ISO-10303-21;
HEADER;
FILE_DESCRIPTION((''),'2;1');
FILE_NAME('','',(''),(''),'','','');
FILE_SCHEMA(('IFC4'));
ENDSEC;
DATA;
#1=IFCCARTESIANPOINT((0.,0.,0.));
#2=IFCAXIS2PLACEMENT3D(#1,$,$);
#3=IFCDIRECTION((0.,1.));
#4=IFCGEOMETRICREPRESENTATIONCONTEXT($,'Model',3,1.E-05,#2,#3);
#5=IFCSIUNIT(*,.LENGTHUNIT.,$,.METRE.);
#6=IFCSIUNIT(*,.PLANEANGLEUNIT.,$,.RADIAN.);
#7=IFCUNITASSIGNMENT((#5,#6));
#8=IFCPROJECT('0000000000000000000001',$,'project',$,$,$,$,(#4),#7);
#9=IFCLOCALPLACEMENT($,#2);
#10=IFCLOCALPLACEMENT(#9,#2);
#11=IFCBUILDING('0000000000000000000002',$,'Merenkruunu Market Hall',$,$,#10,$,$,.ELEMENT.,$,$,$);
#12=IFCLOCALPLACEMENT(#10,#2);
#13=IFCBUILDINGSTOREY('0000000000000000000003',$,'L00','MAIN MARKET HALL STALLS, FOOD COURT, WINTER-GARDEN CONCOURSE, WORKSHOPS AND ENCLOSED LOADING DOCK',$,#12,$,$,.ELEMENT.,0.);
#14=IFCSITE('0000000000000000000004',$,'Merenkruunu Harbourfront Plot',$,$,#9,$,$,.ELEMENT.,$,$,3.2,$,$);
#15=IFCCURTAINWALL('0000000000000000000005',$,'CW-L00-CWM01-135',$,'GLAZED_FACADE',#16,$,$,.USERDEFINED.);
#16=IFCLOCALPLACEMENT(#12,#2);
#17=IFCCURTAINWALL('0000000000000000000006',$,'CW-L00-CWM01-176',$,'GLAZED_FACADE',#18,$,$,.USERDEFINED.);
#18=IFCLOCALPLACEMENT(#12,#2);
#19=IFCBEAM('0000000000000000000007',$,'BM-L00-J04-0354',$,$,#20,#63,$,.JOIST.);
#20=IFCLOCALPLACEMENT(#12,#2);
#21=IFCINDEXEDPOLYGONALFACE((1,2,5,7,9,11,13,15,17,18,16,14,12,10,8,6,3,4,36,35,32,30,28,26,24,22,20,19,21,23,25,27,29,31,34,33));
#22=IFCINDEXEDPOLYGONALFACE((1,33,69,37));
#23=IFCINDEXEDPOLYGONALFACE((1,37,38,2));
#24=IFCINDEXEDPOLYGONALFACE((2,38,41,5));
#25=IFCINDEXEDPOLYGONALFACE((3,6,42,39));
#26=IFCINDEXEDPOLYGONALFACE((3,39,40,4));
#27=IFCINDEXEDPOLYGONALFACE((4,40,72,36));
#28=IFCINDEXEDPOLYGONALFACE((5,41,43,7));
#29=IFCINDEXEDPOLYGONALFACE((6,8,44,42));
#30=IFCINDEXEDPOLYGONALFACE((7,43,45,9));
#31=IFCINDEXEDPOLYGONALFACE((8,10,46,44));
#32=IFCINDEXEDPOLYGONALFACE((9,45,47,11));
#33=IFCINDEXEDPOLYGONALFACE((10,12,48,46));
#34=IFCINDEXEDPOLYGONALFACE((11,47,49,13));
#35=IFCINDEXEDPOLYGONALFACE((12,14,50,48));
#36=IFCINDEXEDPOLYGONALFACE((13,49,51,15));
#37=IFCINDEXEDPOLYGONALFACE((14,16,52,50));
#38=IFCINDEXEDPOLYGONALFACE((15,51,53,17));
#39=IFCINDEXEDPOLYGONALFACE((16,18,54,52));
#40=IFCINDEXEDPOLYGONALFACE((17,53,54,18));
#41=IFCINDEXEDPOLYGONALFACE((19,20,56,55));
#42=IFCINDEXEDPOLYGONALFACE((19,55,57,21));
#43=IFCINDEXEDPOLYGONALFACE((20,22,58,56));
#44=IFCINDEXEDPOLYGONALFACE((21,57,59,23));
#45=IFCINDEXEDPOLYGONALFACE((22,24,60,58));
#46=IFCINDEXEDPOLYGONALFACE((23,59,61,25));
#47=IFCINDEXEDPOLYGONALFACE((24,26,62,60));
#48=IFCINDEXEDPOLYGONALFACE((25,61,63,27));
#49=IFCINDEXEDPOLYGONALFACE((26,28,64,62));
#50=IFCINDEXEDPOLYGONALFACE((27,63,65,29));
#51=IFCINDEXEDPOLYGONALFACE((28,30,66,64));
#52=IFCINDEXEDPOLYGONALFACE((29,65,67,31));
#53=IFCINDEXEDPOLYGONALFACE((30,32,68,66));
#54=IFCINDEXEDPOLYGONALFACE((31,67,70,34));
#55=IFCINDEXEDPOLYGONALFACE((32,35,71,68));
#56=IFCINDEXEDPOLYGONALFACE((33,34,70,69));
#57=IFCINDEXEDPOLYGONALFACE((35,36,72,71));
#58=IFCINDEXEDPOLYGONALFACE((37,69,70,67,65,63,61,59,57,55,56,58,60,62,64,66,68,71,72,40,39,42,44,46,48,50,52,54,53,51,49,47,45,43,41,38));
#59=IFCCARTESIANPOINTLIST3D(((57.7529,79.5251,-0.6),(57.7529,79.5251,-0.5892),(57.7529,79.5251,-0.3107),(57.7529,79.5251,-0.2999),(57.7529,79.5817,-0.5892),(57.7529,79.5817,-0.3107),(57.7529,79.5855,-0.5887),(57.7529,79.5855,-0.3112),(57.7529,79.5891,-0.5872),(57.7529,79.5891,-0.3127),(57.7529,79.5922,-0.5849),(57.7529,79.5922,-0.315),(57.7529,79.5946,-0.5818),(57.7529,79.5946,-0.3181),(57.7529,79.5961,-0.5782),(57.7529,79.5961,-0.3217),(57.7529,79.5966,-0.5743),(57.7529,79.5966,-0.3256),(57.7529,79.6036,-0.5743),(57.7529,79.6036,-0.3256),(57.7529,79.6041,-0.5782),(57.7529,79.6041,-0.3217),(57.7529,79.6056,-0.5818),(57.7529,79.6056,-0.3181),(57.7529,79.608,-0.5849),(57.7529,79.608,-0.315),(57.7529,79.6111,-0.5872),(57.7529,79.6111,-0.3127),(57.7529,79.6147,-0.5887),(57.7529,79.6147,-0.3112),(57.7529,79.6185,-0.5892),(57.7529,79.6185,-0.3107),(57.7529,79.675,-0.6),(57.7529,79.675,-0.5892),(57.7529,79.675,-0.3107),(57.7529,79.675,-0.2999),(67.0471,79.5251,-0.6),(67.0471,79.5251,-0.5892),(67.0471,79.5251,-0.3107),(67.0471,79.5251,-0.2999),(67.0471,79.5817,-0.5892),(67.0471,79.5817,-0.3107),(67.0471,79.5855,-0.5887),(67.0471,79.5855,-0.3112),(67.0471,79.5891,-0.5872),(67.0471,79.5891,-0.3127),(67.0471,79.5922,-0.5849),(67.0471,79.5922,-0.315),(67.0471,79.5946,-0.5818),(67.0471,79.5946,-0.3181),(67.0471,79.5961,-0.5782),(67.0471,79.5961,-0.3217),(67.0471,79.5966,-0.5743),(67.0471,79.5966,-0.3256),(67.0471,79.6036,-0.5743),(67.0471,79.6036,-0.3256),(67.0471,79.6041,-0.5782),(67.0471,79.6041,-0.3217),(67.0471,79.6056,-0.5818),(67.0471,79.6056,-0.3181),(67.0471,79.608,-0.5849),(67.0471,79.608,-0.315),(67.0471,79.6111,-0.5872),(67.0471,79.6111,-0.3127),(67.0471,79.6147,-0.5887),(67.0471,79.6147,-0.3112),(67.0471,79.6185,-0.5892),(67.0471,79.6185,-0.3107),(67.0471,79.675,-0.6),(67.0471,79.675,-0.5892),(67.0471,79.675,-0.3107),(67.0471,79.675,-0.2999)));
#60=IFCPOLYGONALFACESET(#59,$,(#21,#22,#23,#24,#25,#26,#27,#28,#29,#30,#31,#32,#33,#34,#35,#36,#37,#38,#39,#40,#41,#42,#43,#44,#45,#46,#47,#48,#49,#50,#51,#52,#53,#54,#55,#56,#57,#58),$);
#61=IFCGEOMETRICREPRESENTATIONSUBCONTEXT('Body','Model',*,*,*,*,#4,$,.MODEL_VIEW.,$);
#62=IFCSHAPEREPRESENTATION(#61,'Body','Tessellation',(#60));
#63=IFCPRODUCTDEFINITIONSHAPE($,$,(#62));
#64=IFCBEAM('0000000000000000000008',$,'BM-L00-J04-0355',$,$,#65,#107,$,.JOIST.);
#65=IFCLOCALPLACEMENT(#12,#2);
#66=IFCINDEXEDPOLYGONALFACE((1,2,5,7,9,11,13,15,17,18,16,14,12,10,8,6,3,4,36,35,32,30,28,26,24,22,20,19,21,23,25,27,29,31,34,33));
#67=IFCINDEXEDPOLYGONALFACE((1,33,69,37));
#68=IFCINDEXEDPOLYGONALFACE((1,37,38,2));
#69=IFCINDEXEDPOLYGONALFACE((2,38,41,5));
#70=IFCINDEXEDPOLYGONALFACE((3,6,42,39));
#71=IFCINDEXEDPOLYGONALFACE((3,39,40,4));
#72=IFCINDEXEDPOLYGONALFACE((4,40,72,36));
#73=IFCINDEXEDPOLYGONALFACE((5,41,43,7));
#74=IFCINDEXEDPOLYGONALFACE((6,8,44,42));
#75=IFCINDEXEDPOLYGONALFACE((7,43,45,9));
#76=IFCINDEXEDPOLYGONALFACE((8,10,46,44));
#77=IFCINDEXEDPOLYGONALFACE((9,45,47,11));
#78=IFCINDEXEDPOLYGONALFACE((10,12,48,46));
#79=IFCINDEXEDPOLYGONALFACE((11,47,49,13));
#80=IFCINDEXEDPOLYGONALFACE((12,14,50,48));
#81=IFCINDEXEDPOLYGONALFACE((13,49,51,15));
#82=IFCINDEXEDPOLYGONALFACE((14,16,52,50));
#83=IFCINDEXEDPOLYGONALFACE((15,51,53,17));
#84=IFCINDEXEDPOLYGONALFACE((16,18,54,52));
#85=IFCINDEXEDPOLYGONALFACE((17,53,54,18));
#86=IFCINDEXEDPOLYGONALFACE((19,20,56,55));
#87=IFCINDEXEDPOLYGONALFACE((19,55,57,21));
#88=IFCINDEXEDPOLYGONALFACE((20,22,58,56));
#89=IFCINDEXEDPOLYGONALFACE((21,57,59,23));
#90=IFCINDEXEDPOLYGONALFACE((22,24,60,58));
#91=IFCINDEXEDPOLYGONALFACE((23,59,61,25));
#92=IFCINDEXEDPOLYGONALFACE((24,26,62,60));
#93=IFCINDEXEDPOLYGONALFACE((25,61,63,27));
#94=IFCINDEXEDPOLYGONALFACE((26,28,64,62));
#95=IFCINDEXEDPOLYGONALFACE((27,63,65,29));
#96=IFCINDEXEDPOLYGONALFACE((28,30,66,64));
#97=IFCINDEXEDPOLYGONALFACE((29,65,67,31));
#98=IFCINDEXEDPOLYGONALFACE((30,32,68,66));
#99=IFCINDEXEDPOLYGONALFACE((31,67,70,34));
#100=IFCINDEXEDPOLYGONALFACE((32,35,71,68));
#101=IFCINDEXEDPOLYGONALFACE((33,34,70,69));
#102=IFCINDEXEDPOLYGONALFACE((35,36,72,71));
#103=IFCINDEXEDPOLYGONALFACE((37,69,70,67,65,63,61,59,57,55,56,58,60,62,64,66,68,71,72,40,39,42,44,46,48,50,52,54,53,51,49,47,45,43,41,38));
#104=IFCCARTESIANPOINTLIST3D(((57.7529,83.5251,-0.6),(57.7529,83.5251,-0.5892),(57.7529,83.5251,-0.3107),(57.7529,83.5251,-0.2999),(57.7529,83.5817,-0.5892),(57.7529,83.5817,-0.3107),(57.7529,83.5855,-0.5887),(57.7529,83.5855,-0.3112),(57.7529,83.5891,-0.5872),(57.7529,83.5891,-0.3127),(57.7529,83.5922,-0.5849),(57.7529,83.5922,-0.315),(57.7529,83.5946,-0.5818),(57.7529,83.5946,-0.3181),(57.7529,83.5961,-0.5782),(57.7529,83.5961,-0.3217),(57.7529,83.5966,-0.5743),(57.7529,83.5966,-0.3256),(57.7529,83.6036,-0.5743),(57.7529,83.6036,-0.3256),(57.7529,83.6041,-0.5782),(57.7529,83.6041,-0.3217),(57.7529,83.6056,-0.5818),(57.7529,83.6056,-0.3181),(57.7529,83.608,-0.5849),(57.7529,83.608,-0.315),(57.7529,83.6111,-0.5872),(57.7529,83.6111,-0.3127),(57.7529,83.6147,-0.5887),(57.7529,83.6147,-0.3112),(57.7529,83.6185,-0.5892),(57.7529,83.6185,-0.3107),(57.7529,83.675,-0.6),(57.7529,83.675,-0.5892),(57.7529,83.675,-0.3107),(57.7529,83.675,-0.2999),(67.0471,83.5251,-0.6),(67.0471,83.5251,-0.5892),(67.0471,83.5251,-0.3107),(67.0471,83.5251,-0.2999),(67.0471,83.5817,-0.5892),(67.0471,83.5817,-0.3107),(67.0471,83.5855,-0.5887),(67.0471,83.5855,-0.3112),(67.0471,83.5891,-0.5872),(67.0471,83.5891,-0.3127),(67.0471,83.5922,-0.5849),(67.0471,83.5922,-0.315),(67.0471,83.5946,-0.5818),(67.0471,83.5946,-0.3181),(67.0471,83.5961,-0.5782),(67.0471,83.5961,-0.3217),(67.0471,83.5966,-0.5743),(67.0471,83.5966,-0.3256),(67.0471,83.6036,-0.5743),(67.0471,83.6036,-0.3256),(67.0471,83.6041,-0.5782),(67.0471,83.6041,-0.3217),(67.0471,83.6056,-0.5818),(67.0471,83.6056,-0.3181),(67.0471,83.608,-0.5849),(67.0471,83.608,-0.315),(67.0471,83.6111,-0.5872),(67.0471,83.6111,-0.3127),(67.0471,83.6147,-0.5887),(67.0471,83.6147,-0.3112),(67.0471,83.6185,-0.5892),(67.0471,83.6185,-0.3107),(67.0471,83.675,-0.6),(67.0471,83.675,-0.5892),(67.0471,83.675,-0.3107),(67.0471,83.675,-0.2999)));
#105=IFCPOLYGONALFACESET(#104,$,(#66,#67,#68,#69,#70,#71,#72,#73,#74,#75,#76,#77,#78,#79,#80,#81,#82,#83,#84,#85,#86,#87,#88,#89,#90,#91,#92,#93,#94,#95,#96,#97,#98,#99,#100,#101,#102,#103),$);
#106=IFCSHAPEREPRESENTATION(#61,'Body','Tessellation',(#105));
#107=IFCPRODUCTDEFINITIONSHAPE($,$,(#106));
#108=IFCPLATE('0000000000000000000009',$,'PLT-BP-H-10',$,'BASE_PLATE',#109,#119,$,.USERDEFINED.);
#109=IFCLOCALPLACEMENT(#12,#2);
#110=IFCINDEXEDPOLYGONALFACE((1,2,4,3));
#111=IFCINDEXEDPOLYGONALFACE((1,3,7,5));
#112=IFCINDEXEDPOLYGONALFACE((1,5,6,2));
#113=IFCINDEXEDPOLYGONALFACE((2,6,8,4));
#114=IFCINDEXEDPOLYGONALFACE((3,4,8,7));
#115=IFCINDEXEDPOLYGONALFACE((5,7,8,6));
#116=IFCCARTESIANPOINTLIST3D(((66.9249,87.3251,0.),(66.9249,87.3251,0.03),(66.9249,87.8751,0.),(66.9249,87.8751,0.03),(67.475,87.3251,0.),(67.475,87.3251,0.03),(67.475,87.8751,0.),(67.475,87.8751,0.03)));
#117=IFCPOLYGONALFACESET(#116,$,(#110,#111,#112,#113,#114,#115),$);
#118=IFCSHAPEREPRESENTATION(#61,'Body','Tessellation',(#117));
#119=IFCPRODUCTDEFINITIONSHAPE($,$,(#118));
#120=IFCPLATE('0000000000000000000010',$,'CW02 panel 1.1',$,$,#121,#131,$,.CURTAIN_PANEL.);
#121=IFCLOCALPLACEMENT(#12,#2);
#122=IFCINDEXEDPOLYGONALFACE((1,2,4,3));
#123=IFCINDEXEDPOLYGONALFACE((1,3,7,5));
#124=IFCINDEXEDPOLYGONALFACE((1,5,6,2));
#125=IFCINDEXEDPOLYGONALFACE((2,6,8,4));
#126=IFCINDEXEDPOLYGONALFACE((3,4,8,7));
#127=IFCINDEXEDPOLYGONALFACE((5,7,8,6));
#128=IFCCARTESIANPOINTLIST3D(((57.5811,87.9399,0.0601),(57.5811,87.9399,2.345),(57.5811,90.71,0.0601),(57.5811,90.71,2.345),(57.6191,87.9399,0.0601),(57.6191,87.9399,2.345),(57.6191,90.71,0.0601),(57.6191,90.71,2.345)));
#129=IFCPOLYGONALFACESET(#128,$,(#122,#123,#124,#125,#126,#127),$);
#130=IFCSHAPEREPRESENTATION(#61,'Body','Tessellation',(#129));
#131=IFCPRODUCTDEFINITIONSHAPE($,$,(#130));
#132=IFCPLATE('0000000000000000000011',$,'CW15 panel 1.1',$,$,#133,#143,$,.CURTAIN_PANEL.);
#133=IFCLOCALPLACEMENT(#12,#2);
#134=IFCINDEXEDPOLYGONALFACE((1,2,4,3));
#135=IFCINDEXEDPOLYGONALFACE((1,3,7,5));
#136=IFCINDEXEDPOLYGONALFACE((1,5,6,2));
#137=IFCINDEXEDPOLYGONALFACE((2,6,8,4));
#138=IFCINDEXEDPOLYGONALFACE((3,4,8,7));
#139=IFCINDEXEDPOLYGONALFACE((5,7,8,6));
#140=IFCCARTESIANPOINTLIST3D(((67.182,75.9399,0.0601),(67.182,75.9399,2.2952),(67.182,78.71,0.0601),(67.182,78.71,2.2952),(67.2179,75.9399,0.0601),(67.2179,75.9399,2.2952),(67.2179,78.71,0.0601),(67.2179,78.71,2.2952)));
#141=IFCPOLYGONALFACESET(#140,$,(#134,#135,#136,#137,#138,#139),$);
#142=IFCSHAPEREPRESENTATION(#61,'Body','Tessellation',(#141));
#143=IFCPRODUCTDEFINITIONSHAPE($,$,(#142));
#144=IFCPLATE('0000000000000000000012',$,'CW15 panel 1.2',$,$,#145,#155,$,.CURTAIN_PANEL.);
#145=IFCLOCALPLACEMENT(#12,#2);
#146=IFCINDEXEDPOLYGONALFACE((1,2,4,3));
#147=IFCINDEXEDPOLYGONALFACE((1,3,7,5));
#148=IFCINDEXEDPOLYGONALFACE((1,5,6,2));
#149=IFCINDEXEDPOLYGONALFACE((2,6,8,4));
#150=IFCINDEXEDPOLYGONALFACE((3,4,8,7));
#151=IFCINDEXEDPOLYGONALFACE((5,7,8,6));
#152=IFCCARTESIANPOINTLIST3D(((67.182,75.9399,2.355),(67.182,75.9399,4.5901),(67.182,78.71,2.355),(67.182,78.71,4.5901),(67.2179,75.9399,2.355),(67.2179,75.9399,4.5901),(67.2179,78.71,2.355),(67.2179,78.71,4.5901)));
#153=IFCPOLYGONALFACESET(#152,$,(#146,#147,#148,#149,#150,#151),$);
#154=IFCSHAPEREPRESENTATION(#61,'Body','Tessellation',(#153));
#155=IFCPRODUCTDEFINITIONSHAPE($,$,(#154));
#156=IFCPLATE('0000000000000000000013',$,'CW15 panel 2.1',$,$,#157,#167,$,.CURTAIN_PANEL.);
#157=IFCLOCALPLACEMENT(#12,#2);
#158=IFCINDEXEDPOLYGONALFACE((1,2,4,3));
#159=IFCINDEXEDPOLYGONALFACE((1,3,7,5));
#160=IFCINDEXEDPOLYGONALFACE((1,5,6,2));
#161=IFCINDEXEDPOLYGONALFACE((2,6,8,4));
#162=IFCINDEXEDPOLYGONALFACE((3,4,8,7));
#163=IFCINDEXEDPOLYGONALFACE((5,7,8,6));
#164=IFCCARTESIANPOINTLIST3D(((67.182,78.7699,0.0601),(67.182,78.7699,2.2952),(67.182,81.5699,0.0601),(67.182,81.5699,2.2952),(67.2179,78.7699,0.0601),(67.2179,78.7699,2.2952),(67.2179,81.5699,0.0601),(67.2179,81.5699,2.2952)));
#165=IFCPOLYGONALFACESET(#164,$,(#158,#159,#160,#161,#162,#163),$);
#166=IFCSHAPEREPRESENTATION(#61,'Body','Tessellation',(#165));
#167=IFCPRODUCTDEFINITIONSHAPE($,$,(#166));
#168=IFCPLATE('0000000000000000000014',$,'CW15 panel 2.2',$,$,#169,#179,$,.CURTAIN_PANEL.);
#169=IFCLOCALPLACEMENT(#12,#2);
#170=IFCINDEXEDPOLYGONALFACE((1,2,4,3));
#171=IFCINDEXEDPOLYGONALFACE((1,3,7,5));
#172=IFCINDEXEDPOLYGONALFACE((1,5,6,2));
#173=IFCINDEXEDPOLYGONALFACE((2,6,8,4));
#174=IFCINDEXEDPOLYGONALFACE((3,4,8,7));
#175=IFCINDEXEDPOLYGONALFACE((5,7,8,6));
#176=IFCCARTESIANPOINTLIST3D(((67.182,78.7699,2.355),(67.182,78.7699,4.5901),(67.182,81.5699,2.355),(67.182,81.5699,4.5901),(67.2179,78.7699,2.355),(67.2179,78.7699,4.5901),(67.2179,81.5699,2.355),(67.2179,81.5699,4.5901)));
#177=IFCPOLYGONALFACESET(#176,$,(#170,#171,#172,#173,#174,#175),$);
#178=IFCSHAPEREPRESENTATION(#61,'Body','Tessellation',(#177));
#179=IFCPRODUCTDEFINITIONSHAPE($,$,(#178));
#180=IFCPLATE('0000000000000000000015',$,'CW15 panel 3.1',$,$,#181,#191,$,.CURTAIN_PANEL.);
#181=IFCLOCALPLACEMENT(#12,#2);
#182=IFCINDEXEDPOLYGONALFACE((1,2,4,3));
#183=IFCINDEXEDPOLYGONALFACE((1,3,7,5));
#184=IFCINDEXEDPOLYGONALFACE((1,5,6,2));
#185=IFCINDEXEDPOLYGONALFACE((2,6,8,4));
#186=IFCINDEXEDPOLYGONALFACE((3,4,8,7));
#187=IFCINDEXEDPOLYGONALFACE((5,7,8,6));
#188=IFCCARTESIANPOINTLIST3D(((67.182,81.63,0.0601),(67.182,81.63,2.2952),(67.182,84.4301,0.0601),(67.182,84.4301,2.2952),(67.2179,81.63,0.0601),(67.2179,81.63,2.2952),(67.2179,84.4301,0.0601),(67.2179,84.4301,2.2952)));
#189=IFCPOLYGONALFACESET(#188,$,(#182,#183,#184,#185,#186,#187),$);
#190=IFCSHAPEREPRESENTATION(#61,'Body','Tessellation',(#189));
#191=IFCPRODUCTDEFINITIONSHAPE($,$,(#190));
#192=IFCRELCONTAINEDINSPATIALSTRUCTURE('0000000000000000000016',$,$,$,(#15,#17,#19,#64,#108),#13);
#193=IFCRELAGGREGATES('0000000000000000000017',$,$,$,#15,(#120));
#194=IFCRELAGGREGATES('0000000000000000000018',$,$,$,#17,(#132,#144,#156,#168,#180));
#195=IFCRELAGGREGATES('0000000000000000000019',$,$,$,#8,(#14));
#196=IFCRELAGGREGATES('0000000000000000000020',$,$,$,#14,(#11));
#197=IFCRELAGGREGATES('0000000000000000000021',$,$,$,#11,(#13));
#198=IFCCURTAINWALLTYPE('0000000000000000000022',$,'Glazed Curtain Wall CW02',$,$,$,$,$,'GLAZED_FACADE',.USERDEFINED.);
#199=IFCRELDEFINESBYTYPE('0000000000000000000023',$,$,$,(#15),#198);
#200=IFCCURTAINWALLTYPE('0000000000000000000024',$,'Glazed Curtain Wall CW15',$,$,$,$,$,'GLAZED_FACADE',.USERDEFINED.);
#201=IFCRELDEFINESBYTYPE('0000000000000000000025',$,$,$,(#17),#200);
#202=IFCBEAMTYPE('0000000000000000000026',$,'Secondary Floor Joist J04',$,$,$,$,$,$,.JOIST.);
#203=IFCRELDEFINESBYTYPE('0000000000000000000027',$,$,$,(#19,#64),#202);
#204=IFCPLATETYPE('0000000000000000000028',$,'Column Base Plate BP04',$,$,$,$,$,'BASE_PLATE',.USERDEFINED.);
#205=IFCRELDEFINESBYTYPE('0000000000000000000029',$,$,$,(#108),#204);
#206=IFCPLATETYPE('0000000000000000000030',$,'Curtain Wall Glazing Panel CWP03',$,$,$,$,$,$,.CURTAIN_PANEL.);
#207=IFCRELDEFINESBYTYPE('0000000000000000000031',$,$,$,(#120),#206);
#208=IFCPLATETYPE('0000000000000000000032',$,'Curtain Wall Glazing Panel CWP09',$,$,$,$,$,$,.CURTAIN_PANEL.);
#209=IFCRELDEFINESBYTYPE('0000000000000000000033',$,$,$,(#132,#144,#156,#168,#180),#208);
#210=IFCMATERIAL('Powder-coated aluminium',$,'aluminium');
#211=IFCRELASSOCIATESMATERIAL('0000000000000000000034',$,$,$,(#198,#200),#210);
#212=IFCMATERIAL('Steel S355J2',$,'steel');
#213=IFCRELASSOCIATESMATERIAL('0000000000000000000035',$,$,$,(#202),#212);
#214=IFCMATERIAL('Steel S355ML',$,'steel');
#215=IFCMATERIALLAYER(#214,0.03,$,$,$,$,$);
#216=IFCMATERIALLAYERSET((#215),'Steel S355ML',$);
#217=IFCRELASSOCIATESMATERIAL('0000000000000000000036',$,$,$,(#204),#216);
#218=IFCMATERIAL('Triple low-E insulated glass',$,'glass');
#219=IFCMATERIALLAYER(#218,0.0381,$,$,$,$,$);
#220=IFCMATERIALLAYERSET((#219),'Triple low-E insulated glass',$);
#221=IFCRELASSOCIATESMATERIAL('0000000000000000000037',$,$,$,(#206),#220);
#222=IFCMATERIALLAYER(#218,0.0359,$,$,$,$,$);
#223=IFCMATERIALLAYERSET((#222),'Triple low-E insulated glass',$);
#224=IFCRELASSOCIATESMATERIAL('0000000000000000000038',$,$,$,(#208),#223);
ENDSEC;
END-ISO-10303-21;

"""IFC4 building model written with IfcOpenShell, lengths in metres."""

from ifc_helpers import new_model, si_unit, direction, frame, origin, origin_2d, place, context, subcontext, project, spatial, rectangle, i_section, extrude, material, layer, layer_set, material_profile, profile_set, type_object, element, aggregate, save


model = new_model("IFC4")

# Units and contexts
model_context = context("Model", 3, precision=1e-05, world=origin(), true_north=direction((0.0, 1.0)))
body_context = subcontext(model_context, "Body", "Model", "MODEL_VIEW")
ifc_project = project(units=[si_unit("LENGTHUNIT", "METRE"), si_unit("PLANEANGLEUNIT", "RADIAN")], contexts=[model_context])

# Site, building, storey
site_placement = place(None, origin())
site = spatial("IfcSite", under=ifc_project, at=site_placement, Name="Merenkruunu Harbourfront Plot", CompositionType="ELEMENT", RefElevation=3.2)
building_placement = place(site_placement, origin())
building = spatial("IfcBuilding", under=site, at=building_placement, Name="Merenkruunu Market Hall", CompositionType="ELEMENT")
storey_placement = place(building_placement, origin())
storey = spatial("IfcBuildingStorey", under=building, at=storey_placement, Name="L00", Description="MAIN MARKET HALL STALLS, FOOD COURT, WINTER-GARDEN CONCOURSE, WORKSHOPS AND ENCLOSED LOADING DOCK", CompositionType="ELEMENT", Elevation=0.0)

# Shared definitions
ifc_material_1 = material(Name="Steel S355ML", Category="steel")

# Curtain wall
ifc_material_2 = material(Name="Powder-coated aluminium", Category="aluminium")
curtain_wall_type_1 = type_object("IfcCurtainWallType", Name="Glazed Curtain Wall CW02", ElementType="GLAZED_FACADE", PredefinedType="USERDEFINED", material=ifc_material_2)
curtain_wall_1_placement = place(storey_placement, origin())
curtain_wall_1 = element("IfcCurtainWall", 1, at=curtain_wall_1_placement, inside=storey, type_object=curtain_wall_type_1, Name="CW-L00-CWM01-135", ObjectType="GLAZED_FACADE", PredefinedType="USERDEFINED")

# Curtain wall
curtain_wall_type_2 = type_object("IfcCurtainWallType", Name="Glazed Curtain Wall CW15", ElementType="GLAZED_FACADE", PredefinedType="USERDEFINED", material=ifc_material_2)
curtain_wall_2_placement = place(storey_placement, origin())
curtain_wall_2 = element("IfcCurtainWall", 2, at=curtain_wall_2_placement, inside=storey, type_object=curtain_wall_type_2, Name="CW-L00-CWM01-176", ObjectType="GLAZED_FACADE", PredefinedType="USERDEFINED")

# Beams
ifc_material_3 = material(Name="Steel S355J2", Category="steel")
ifc_material_profile_1 = material_profile(ifc_material_3, i_section(OverallWidth=0.1499, OverallDepth=0.3, WebThickness=0.0071, FlangeThickness=0.0107, FilletRadius=0.0149, at=origin_2d()), Name="IPE 300")
ifc_profile_set_1 = profile_set([ifc_material_profile_1], Name="Steel S355J2")
beam_type_1 = type_object("IfcBeamType", Name="Secondary Floor Joist J04", PredefinedType="JOIST", material=ifc_profile_set_1)
for number, where, z_axis, x_axis, name in (
    (3, (57.7529, 79.6001, -0.45), (1.0, 0.0, 0.0), (0.0, 1.0, 0.0), "BM-L00-J04-0354"),
    (4, (57.7529, 83.6001, -0.45), (1.0, 0.0, 0.0), (0.0, 1.0, 0.0), "BM-L00-J04-0355"),
):
    element("IfcBeam", number, at=place(storey_placement, frame(where, z_axis=z_axis, x_axis=x_axis)), inside=storey, type_object=beam_type_1, Name=name, PredefinedType="JOIST", context=body_context, shape_type="SweptSolid", body=[
        extrude(i_section(OverallWidth=0.1499, OverallDepth=0.3, WebThickness=0.0071, FlangeThickness=0.0107, FilletRadius=0.0149, at=origin_2d()), origin(), (0.0, 0.0, 1.0), 9.2942),
    ])

# Plates
ifc_layer_1 = layer(ifc_material_1, 0.03)
ifc_layer_set_1 = layer_set([ifc_layer_1], Name="Steel S355ML")
plate_type_1 = type_object("IfcPlateType", Name="Column Base Plate BP04", ElementType="BASE_PLATE", PredefinedType="USERDEFINED", material=ifc_layer_set_1)
plate_1_placement = place(storey_placement, frame((67.2, 87.6001, 0.0), z_axis=(0.0, 0.0, 1.0), x_axis=(1.0, 0.0, 0.0)))
element("IfcPlate", 5, at=plate_1_placement, inside=storey, type_object=plate_type_1, Name="PLT-BP-H-10", ObjectType="BASE_PLATE", PredefinedType="USERDEFINED", context=body_context, shape_type="SweptSolid", body=[
    extrude(rectangle(XDim=0.55, YDim=0.55, at=origin_2d()), origin(), (0.0, 0.0, 1.0), 0.03),
])
ifc_material_4 = material(Name="Triple low-E insulated glass", Category="glass")
ifc_layer_2 = layer(ifc_material_4, 0.0381)
ifc_layer_set_2 = layer_set([ifc_layer_2], Name="Triple low-E insulated glass")
plate_type_2 = type_object("IfcPlateType", Name="Curtain Wall Glazing Panel CWP03", PredefinedType="CURTAIN_PANEL", material=ifc_layer_set_2)
plate_2_placement = place(storey_placement, frame((57.6001, 89.325, 0.0601), z_axis=(0.0, 0.0, 1.0), x_axis=(0.0, 1.0, 0.0)))
plate_2 = element("IfcPlate", 6, at=plate_2_placement, type_object=plate_type_2, Name="CW02 panel 1.1", PredefinedType="CURTAIN_PANEL", context=body_context, shape_type="SweptSolid", body=[
    extrude(rectangle(XDim=2.77, YDim=0.0381, at=origin_2d()), origin(), (0.0, 0.0, 1.0), 2.2849),
])
aggregate(curtain_wall_1, [plate_2])
ifc_layer_3 = layer(ifc_material_4, 0.0359)
ifc_layer_set_3 = layer_set([ifc_layer_3], Name="Triple low-E insulated glass")
plate_type_3 = type_object("IfcPlateType", Name="Curtain Wall Glazing Panel CWP09", PredefinedType="CURTAIN_PANEL", material=ifc_layer_set_3)
plate_3_placement = place(storey_placement, frame((67.2, 77.325, 0.0601), z_axis=(0.0, 0.0, 1.0), x_axis=(0.0, 1.0, 0.0)))
plate_3 = element("IfcPlate", 7, at=plate_3_placement, type_object=plate_type_3, Name="CW15 panel 1.1", PredefinedType="CURTAIN_PANEL", context=body_context, shape_type="SweptSolid", body=[
    extrude(rectangle(XDim=2.77, YDim=0.0359, at=origin_2d()), origin(), (0.0, 0.0, 1.0), 2.2351),
])
plate_4_placement = place(storey_placement, frame((67.2, 77.325, 2.355), z_axis=(0.0, 0.0, 1.0), x_axis=(0.0, 1.0, 0.0)))
plate_4 = element("IfcPlate", 8, at=plate_4_placement, type_object=plate_type_3, Name="CW15 panel 1.2", PredefinedType="CURTAIN_PANEL", context=body_context, shape_type="SweptSolid", body=[
    extrude(rectangle(XDim=2.77, YDim=0.0359, at=origin_2d()), origin(), (0.0, 0.0, 1.0), 2.2351),
])
plate_5_placement = place(storey_placement, frame((67.2, 80.1699, 0.0601), z_axis=(0.0, 0.0, 1.0), x_axis=(0.0, 1.0, 0.0)))
plate_5 = element("IfcPlate", 9, at=plate_5_placement, type_object=plate_type_3, Name="CW15 panel 2.1", PredefinedType="CURTAIN_PANEL", context=body_context, shape_type="SweptSolid", body=[
    extrude(rectangle(XDim=2.8, YDim=0.0359, at=origin_2d()), origin(), (0.0, 0.0, 1.0), 2.2351),
])
plate_6_placement = place(storey_placement, frame((67.2, 80.1699, 2.355), z_axis=(0.0, 0.0, 1.0), x_axis=(0.0, 1.0, 0.0)))
plate_6 = element("IfcPlate", 10, at=plate_6_placement, type_object=plate_type_3, Name="CW15 panel 2.2", PredefinedType="CURTAIN_PANEL", context=body_context, shape_type="SweptSolid", body=[
    extrude(rectangle(XDim=2.8, YDim=0.0359, at=origin_2d()), origin(), (0.0, 0.0, 1.0), 2.2351),
])
plate_7_placement = place(storey_placement, frame((67.2, 83.03, 0.0601), z_axis=(0.0, 0.0, 1.0), x_axis=(0.0, 1.0, 0.0)))
plate_7 = element("IfcPlate", 11, at=plate_7_placement, type_object=plate_type_3, Name="CW15 panel 3.1", PredefinedType="CURTAIN_PANEL", context=body_context, shape_type="SweptSolid", body=[
    extrude(rectangle(XDim=2.8, YDim=0.0359, at=origin_2d()), origin(), (0.0, 0.0, 1.0), 2.2351),
])
aggregate(curtain_wall_2, [plate_3, plate_4, plate_5, plate_6, plate_7])

save(model, "model.ifc")
